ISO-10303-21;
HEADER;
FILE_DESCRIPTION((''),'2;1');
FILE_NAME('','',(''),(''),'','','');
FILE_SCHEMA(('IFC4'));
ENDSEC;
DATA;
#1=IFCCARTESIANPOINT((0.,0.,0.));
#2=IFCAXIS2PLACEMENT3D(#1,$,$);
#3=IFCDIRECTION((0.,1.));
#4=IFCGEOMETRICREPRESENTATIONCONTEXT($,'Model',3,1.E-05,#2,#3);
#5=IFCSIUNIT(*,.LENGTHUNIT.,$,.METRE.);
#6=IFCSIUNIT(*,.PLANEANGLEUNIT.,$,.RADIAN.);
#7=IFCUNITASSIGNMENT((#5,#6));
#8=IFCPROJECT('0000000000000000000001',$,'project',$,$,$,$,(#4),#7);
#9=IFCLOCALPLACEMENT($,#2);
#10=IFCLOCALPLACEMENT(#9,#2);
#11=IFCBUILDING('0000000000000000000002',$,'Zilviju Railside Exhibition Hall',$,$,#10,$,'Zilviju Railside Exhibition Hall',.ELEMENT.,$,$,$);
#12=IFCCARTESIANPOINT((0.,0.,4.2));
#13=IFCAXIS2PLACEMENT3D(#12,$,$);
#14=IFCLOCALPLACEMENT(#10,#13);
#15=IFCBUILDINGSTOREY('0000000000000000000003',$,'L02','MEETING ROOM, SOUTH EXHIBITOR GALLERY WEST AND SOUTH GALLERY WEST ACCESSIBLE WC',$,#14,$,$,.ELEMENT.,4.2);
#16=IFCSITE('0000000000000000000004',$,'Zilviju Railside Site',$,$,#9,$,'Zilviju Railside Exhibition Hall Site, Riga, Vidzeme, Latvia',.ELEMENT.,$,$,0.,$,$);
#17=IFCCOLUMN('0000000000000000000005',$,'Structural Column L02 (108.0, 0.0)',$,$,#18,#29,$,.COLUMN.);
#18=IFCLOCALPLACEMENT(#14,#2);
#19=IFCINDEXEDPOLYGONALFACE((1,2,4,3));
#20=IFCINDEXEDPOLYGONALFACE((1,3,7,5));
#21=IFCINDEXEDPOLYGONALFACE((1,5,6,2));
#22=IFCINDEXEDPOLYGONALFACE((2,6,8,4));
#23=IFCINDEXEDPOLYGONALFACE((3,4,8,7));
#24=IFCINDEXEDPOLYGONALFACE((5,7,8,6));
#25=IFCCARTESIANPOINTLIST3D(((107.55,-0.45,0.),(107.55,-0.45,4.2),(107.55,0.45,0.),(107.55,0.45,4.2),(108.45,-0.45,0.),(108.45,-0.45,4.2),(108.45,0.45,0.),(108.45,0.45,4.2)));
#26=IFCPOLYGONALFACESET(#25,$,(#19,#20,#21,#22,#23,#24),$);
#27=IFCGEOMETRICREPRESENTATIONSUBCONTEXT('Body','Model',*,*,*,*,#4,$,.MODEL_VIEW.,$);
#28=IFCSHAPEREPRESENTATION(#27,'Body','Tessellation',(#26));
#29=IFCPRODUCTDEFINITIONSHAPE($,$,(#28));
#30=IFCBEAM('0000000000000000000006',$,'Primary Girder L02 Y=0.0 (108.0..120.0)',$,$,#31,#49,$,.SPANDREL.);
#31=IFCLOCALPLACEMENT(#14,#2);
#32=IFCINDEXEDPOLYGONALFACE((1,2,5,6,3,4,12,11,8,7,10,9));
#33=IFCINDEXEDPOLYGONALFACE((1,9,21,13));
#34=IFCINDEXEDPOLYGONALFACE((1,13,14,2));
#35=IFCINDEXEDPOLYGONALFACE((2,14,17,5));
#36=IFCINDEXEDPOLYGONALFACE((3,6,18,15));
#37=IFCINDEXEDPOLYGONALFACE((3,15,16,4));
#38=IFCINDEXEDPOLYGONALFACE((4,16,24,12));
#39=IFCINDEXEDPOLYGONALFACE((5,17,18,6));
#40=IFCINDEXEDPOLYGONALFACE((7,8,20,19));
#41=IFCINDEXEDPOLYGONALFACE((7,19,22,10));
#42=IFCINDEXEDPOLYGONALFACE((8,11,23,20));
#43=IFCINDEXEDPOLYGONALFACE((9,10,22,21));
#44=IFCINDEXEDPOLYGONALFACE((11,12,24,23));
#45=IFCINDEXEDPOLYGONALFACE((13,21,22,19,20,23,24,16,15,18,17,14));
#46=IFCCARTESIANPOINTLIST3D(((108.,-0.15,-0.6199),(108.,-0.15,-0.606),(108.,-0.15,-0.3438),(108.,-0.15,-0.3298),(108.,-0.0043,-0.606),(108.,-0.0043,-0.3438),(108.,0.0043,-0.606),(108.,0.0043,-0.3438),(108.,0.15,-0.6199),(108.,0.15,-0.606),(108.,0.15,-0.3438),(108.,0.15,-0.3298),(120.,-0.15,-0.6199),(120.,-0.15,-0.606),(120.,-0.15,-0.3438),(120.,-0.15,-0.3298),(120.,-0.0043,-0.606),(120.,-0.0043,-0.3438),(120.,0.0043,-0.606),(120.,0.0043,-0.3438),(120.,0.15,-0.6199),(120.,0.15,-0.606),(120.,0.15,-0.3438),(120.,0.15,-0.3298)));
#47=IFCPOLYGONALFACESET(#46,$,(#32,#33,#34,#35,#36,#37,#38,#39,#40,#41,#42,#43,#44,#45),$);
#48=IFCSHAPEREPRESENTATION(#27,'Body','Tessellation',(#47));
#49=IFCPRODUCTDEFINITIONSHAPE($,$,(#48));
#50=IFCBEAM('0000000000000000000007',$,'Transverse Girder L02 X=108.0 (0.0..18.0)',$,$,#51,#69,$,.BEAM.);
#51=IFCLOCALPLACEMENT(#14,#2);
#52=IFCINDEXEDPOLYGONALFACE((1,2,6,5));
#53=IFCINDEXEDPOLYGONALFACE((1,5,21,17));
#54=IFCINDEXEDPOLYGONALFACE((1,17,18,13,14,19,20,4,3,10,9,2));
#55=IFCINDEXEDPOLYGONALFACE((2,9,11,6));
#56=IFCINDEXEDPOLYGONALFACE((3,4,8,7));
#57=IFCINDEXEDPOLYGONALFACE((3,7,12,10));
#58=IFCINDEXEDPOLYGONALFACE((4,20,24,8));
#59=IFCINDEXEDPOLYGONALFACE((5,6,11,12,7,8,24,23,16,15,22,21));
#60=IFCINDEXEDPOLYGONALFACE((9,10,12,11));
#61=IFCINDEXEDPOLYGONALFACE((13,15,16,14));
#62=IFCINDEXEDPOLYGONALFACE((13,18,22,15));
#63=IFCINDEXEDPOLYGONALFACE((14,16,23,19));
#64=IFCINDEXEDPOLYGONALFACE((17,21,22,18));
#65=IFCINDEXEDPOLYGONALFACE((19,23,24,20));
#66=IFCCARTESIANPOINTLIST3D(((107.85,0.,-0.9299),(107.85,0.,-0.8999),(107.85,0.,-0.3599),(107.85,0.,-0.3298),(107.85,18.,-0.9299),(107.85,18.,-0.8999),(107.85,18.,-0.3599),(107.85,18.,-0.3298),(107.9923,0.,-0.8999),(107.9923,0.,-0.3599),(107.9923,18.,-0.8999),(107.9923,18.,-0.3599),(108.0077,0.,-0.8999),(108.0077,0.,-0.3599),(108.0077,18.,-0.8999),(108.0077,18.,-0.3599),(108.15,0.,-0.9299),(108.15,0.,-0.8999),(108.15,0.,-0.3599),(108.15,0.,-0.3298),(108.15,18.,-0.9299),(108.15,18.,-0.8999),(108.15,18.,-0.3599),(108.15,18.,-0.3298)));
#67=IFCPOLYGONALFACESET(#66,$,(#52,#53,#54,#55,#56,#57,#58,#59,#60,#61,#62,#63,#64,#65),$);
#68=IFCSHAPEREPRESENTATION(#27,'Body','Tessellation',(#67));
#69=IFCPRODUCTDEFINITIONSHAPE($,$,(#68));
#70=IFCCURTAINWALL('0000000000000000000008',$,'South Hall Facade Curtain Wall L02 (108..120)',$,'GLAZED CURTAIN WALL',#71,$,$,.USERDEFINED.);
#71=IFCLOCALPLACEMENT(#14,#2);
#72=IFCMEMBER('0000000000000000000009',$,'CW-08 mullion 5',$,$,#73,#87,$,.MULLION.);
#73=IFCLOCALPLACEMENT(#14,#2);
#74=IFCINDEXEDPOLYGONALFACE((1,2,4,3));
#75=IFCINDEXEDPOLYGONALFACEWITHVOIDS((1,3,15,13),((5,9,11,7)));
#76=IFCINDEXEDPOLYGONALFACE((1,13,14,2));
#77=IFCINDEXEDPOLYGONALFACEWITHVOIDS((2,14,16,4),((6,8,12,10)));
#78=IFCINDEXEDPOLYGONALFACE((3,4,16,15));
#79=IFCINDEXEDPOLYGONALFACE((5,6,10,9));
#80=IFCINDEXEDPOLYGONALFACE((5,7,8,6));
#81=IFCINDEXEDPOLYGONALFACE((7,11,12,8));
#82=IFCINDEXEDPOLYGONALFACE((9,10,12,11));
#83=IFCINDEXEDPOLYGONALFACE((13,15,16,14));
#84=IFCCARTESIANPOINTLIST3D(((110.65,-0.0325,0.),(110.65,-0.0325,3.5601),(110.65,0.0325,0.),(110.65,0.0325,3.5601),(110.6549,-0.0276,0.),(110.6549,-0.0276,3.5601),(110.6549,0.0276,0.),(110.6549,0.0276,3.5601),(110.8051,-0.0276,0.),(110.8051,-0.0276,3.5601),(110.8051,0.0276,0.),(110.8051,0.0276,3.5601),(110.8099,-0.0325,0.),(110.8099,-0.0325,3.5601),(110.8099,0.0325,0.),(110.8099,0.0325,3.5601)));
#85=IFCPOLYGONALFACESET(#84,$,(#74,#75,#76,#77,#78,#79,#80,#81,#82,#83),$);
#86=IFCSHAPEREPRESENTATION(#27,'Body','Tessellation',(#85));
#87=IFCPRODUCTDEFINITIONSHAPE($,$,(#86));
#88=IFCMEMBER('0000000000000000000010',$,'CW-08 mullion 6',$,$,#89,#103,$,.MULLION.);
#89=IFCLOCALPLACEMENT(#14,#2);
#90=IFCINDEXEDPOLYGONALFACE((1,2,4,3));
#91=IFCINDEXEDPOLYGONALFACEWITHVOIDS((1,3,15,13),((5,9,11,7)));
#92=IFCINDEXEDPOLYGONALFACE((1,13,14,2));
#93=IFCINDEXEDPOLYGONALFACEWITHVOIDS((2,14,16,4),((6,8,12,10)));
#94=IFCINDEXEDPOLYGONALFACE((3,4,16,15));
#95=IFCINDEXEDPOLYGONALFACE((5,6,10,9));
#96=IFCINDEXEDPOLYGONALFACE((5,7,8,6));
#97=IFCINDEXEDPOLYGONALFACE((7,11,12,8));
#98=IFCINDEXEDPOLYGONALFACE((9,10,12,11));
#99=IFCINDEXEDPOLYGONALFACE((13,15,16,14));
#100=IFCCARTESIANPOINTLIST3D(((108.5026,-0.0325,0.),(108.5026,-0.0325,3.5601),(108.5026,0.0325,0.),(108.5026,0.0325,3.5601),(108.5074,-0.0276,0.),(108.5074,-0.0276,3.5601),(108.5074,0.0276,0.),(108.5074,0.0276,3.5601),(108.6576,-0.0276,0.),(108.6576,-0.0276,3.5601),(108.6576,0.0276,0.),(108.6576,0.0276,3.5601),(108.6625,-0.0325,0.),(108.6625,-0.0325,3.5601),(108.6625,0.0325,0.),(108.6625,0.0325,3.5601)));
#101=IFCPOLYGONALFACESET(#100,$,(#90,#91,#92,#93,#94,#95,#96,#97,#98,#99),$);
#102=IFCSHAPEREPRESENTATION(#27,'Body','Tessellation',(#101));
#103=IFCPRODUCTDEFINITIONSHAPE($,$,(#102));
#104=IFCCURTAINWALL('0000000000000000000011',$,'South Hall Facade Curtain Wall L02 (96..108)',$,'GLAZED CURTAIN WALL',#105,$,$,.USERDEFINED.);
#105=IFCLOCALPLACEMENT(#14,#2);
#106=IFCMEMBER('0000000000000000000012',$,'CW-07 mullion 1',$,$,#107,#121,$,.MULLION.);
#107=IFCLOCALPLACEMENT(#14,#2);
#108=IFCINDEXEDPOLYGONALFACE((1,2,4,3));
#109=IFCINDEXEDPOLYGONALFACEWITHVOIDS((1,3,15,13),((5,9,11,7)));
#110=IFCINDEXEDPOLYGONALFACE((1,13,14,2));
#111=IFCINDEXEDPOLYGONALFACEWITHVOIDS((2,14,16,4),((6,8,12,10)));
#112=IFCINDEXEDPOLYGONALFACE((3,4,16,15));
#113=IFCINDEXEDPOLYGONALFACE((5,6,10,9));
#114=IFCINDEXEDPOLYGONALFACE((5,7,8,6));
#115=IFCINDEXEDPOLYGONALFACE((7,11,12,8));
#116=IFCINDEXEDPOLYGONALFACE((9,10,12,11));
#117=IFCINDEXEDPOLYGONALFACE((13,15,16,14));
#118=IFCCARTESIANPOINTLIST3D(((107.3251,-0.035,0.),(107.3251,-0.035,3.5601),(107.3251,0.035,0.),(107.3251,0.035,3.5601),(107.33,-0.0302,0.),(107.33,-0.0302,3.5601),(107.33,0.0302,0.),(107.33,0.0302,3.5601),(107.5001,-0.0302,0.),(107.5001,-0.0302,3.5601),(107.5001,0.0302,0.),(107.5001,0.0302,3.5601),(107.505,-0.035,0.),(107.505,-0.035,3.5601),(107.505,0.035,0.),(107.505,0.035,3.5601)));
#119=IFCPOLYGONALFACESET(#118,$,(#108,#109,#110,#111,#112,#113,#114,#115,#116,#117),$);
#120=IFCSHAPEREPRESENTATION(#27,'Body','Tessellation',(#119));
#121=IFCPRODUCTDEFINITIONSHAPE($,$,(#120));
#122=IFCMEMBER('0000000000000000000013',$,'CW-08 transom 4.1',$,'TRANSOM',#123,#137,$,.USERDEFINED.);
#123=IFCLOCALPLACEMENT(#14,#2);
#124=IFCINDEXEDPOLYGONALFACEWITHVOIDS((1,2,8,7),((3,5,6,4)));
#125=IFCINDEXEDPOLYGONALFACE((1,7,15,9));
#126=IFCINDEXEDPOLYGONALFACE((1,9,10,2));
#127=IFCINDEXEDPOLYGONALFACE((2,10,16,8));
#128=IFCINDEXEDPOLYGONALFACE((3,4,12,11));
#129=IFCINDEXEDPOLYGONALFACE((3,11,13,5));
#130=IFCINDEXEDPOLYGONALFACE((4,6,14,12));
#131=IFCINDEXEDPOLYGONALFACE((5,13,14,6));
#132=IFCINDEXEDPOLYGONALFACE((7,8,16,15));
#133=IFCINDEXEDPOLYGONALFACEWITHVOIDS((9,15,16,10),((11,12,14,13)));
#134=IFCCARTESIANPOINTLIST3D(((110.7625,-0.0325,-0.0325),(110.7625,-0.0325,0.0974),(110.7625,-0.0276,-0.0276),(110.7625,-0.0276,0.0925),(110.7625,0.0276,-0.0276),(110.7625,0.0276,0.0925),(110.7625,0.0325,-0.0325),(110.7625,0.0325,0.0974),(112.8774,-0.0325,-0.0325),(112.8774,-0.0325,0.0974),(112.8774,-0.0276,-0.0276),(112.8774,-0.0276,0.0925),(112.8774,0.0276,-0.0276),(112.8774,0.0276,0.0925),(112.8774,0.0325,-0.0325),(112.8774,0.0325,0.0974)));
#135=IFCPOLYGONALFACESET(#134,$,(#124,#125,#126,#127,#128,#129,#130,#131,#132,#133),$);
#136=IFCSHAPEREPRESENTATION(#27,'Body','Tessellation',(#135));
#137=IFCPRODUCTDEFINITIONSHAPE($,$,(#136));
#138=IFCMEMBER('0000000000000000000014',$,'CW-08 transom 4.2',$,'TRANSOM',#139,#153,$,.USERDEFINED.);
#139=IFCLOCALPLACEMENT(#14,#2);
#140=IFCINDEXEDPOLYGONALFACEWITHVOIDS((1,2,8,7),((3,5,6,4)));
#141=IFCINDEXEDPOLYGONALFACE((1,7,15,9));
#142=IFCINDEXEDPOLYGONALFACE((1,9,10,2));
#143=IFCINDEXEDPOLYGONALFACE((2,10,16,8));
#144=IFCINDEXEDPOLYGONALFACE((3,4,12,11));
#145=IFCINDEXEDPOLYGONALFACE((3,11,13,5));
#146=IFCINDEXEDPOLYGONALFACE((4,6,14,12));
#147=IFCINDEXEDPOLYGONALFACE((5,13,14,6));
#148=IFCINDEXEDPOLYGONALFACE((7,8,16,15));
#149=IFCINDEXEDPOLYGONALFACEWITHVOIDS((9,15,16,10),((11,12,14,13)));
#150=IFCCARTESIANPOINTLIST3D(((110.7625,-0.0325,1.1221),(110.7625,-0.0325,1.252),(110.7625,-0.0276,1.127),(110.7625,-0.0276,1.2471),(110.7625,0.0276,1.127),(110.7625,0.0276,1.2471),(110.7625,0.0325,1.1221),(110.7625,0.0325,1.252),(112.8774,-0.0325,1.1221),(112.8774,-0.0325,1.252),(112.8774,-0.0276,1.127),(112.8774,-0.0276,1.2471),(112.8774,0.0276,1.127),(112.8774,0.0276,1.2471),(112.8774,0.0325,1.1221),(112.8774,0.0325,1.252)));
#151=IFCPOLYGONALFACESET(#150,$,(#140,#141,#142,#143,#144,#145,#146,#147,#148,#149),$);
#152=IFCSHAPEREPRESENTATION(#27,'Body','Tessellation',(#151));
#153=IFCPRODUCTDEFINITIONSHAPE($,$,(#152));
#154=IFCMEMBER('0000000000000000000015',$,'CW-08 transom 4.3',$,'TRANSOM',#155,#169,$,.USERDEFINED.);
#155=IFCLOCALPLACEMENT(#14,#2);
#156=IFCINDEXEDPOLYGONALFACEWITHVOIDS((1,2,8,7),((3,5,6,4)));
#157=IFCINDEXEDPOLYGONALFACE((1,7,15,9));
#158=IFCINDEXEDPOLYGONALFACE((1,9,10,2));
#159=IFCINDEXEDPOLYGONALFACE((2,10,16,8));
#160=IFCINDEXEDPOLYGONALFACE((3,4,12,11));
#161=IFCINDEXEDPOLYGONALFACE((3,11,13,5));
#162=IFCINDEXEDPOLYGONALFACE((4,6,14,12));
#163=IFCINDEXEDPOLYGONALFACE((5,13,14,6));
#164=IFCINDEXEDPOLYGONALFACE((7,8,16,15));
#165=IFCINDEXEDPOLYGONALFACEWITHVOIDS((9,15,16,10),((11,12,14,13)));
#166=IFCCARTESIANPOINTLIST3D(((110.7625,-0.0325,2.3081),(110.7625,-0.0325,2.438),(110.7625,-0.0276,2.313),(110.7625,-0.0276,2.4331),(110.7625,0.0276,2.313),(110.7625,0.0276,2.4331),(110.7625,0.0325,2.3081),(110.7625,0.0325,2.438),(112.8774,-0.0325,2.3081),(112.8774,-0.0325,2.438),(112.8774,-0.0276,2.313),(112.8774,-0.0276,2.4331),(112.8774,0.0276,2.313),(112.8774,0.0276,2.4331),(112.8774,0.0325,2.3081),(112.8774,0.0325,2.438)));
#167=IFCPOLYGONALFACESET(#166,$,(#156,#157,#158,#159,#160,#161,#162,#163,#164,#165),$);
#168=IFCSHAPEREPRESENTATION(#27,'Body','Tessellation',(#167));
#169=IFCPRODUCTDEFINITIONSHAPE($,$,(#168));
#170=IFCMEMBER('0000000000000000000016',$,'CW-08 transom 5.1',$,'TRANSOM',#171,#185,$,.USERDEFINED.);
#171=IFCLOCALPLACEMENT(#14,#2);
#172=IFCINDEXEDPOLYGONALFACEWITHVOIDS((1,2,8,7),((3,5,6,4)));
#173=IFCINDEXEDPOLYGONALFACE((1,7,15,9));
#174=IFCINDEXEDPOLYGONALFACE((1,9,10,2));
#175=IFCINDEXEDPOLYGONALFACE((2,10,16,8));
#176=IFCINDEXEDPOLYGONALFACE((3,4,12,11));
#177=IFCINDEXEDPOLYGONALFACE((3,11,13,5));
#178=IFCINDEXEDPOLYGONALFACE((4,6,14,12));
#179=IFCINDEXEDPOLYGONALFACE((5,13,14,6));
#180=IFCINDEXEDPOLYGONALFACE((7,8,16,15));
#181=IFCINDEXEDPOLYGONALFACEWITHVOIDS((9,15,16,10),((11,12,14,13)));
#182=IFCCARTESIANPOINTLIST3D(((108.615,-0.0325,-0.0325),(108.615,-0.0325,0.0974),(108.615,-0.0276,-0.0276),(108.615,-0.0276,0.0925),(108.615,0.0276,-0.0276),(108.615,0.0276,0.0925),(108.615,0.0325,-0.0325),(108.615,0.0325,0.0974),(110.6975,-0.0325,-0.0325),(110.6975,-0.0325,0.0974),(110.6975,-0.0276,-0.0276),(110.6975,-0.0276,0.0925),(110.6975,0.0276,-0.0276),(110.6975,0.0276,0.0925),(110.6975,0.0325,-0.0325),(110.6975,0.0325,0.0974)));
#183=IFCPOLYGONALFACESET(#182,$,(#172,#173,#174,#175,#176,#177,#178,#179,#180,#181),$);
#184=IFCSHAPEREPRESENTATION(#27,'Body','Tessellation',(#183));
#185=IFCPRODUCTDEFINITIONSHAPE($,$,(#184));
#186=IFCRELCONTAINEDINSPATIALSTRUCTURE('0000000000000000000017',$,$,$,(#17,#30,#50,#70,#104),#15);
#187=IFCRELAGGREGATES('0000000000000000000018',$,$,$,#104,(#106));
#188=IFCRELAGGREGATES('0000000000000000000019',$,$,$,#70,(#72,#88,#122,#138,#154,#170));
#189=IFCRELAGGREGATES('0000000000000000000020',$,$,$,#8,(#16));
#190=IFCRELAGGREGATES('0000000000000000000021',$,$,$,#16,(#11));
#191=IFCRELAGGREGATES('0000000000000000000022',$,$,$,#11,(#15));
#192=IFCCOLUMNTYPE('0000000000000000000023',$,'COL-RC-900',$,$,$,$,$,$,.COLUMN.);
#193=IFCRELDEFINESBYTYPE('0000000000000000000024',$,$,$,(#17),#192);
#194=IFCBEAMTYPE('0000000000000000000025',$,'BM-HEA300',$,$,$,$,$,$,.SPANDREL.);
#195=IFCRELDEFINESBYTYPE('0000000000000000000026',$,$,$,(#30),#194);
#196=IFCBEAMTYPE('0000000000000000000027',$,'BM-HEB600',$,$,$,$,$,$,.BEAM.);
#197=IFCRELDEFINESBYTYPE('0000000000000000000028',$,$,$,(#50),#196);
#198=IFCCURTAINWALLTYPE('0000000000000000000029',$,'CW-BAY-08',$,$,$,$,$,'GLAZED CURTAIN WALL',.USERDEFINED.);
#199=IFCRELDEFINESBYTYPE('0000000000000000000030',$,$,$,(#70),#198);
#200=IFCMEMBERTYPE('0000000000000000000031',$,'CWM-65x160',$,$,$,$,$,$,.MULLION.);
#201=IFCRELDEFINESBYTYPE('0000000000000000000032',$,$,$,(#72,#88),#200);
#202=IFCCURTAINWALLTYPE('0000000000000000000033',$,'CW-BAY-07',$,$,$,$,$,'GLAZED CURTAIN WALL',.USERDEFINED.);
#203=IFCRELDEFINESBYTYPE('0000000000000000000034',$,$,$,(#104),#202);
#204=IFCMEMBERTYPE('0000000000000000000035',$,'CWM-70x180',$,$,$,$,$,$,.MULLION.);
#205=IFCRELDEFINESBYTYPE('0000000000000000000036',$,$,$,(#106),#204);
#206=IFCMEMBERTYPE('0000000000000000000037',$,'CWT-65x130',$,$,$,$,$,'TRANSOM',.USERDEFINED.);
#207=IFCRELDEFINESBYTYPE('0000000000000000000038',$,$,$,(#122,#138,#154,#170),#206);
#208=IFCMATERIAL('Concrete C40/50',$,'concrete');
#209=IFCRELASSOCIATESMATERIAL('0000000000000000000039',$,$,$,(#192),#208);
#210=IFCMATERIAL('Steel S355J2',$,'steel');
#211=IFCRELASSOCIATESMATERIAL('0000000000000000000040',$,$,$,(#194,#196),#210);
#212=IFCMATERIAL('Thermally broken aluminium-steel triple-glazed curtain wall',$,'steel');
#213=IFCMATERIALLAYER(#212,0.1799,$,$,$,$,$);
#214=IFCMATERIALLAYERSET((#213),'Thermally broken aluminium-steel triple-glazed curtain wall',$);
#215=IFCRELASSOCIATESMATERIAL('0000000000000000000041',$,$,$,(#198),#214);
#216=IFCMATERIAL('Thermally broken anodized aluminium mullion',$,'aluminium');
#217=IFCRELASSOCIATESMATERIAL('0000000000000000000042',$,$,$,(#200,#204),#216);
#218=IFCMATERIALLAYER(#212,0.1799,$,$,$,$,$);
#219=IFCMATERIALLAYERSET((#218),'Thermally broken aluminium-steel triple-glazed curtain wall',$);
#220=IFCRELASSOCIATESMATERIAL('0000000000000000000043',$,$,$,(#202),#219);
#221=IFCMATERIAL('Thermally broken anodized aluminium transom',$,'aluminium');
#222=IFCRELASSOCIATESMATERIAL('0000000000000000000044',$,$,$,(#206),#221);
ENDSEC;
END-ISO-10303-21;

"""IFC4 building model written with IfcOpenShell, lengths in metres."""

from ifc_helpers import new_model, si_unit, direction, frame, origin, origin_2d, place, context, subcontext, project, spatial, rectangle, hollow_rectangle, i_section, extrude, material, layer, layer_set, material_profile, profile_set, type_object, element, aggregate, save


model = new_model("IFC4")

# Units and contexts
model_context = context("Model", 3, precision=1e-05, world=origin(), true_north=direction((0.0, 1.0)))
body_context = subcontext(model_context, "Body", "Model", "MODEL_VIEW")
ifc_project = project(units=[si_unit("LENGTHUNIT", "METRE"), si_unit("PLANEANGLEUNIT", "RADIAN")], contexts=[model_context])

# Site, building, storey
site_placement = place(None, origin())
site = spatial("IfcSite", under=ifc_project, at=site_placement, Name="Zilviju Railside Site", LongName="Zilviju Railside Exhibition Hall Site, Riga, Vidzeme, Latvia", CompositionType="ELEMENT", RefElevation=0.0)
building_placement = place(site_placement, origin())
building = spatial("IfcBuilding", under=site, at=building_placement, Name="Zilviju Railside Exhibition Hall", LongName="Zilviju Railside Exhibition Hall", CompositionType="ELEMENT")
storey_placement = place(building_placement, frame((0.0, 0.0, 4.2)))
storey = spatial("IfcBuildingStorey", under=building, at=storey_placement, Name="L02", Description="MEETING ROOM, SOUTH EXHIBITOR GALLERY WEST AND SOUTH GALLERY WEST ACCESSIBLE WC", CompositionType="ELEMENT", Elevation=4.2)

# Column
ifc_material_1 = material(Name="Concrete C40/50", Category="concrete")
ifc_material_profile_1 = material_profile(ifc_material_1, rectangle(XDim=0.8999, YDim=0.8999, at=origin_2d()), Name="RC COL 900x900")
ifc_profile_set_1 = profile_set([ifc_material_profile_1], Name="Concrete C40/50")
column_type = type_object("IfcColumnType", Name="COL-RC-900", PredefinedType="COLUMN", material=ifc_profile_set_1)
column_placement = place(storey_placement, frame((108.0, 0.0, 0.0), z_axis=(0.0, 0.0, 1.0), x_axis=(1.0, 0.0, 0.0)))
element("IfcColumn", 1, at=column_placement, inside=storey, type_object=column_type, Name="Structural Column L02 (108.0, 0.0)", PredefinedType="COLUMN", context=body_context, shape_type="SweptSolid", body=[
    extrude(rectangle(XDim=0.8999, YDim=0.8999, at=origin_2d()), origin(), (0.0, 0.0, 1.0), 4.2),
])

# Beams
ifc_material_2 = material(Name="Steel S355J2", Category="steel")
ifc_material_profile_2 = material_profile(ifc_material_2, i_section(OverallWidth=0.3, OverallDepth=0.29, WebThickness=0.0085, FlangeThickness=0.0139, at=origin_2d()), Name="HEA 300")
ifc_profile_set_2 = profile_set([ifc_material_profile_2], Name="Steel S355J2")
beam_type_1 = type_object("IfcBeamType", Name="BM-HEA300", PredefinedType="SPANDREL", material=ifc_profile_set_2)
beam_1_placement = place(storey_placement, frame((108.0, 0.0, -0.4749), z_axis=(1.0, 0.0, 0.0), x_axis=(0.0, 1.0, 0.0)))
element("IfcBeam", 2, at=beam_1_placement, inside=storey, type_object=beam_type_1, Name="Primary Girder L02 Y=0.0 (108.0..120.0)", PredefinedType="SPANDREL", context=body_context, shape_type="SweptSolid", body=[
    extrude(i_section(OverallWidth=0.3, OverallDepth=0.29, WebThickness=0.0085, FlangeThickness=0.0139, at=origin_2d()), origin(), (0.0, 0.0, 1.0), 12.0),
])
ifc_material_profile_3 = material_profile(ifc_material_2, i_section(OverallWidth=0.3, OverallDepth=0.6001, WebThickness=0.0154, FlangeThickness=0.03, at=origin_2d()), Name="HEB 600")
ifc_profile_set_3 = profile_set([ifc_material_profile_3], Name="Steel S355J2")
beam_type_2 = type_object("IfcBeamType", Name="BM-HEB600", PredefinedType="BEAM", material=ifc_profile_set_3)
beam_2_placement = place(storey_placement, frame((108.0, 0.0, -0.6299), z_axis=(0.0, 1.0, 0.0), x_axis=(-1.0, 0.0, 0.0)))
element("IfcBeam", 3, at=beam_2_placement, inside=storey, type_object=beam_type_2, Name="Transverse Girder L02 X=108.0 (0.0..18.0)", PredefinedType="BEAM", context=body_context, shape_type="SweptSolid", body=[
    extrude(i_section(OverallWidth=0.3, OverallDepth=0.6001, WebThickness=0.0154, FlangeThickness=0.03, at=origin_2d()), origin(), (0.0, 0.0, 1.0), 18.0),
])

# Curtain wall, members
ifc_material_3 = material(Name="Thermally broken aluminium-steel triple-glazed curtain wall", Category="steel")
ifc_layer_1 = layer(ifc_material_3, 0.1799)
ifc_layer_set_1 = layer_set([ifc_layer_1], Name="Thermally broken aluminium-steel triple-glazed curtain wall")
curtain_wall_type_1 = type_object("IfcCurtainWallType", Name="CW-BAY-08", ElementType="GLAZED CURTAIN WALL", PredefinedType="USERDEFINED", material=ifc_layer_set_1)
curtain_wall_1_placement = place(storey_placement, origin())
curtain_wall_1 = element("IfcCurtainWall", 4, at=curtain_wall_1_placement, inside=storey, type_object=curtain_wall_type_1, Name="South Hall Facade Curtain Wall L02 (108..120)", ObjectType="GLAZED CURTAIN WALL", PredefinedType="USERDEFINED")
ifc_material_4 = material(Name="Thermally broken anodized aluminium mullion", Category="aluminium")
ifc_material_profile_4 = material_profile(ifc_material_4, hollow_rectangle(XDim=0.0649, YDim=0.1599, WallThickness=0.0049, at=origin_2d()), Name="MULLION 160x65x5")
ifc_profile_set_4 = profile_set([ifc_material_profile_4], Name="Thermally broken anodized aluminium mullion")
member_type_1 = type_object("IfcMemberType", Name="CWM-65x160", PredefinedType="MULLION", material=ifc_profile_set_4)
member_1_placement = place(storey_placement, frame((110.73, 0.0, 0.0), z_axis=(0.0, 0.0, 1.0), x_axis=(0.0, -1.0, 0.0)))
member_1 = element("IfcMember", 5, at=member_1_placement, type_object=member_type_1, Name="CW-08 mullion 5", PredefinedType="MULLION", context=body_context, shape_type="SweptSolid", body=[
    extrude(hollow_rectangle(XDim=0.0649, YDim=0.1599, WallThickness=0.0049, at=origin_2d()), origin(), (0.0, 0.0, 1.0), 3.5601),
])
member_2_placement = place(storey_placement, frame((108.5825, 0.0, 0.0), z_axis=(0.0, 0.0, 1.0), x_axis=(0.0, -1.0, 0.0)))
member_2 = element("IfcMember", 6, at=member_2_placement, type_object=member_type_1, Name="CW-08 mullion 6", PredefinedType="MULLION", context=body_context, shape_type="SweptSolid", body=[
    extrude(hollow_rectangle(XDim=0.0649, YDim=0.1599, WallThickness=0.0049, at=origin_2d()), origin(), (0.0, 0.0, 1.0), 3.5601),
])

# Curtain wall, member
ifc_layer_2 = layer(ifc_material_3, 0.1799)
ifc_layer_set_2 = layer_set([ifc_layer_2], Name="Thermally broken aluminium-steel triple-glazed curtain wall")
curtain_wall_type_2 = type_object("IfcCurtainWallType", Name="CW-BAY-07", ElementType="GLAZED CURTAIN WALL", PredefinedType="USERDEFINED", material=ifc_layer_set_2)
curtain_wall_2_placement = place(storey_placement, origin())
curtain_wall_2 = element("IfcCurtainWall", 7, at=curtain_wall_2_placement, inside=storey, type_object=curtain_wall_type_2, Name="South Hall Facade Curtain Wall L02 (96..108)", ObjectType="GLAZED CURTAIN WALL", PredefinedType="USERDEFINED")
ifc_material_profile_5 = material_profile(ifc_material_4, hollow_rectangle(XDim=0.0701, YDim=0.1799, WallThickness=0.0049, at=origin_2d()), Name="MULLION 180x70x5")
ifc_profile_set_5 = profile_set([ifc_material_profile_5], Name="Thermally broken anodized aluminium mullion")
member_type_2 = type_object("IfcMemberType", Name="CWM-70x180", PredefinedType="MULLION", material=ifc_profile_set_5)
member_3_placement = place(storey_placement, frame((107.415, 0.0, 0.0), z_axis=(0.0, 0.0, 1.0), x_axis=(0.0, -1.0, 0.0)))
member_3 = element("IfcMember", 8, at=member_3_placement, type_object=member_type_2, Name="CW-07 mullion 1", PredefinedType="MULLION", context=body_context, shape_type="SweptSolid", body=[
    extrude(hollow_rectangle(XDim=0.0701, YDim=0.1799, WallThickness=0.0049, at=origin_2d()), origin(), (0.0, 0.0, 1.0), 3.5601),
])

# Members
ifc_material_5 = material(Name="Thermally broken anodized aluminium transom", Category="aluminium")
ifc_material_profile_6 = material_profile(ifc_material_5, hollow_rectangle(XDim=0.0649, YDim=0.1299, WallThickness=0.0049, at=origin_2d()), Name="TRANSOM 130x65x5")
ifc_profile_set_6 = profile_set([ifc_material_profile_6], Name="Thermally broken anodized aluminium transom")
member_type_3 = type_object("IfcMemberType", Name="CWT-65x130", ElementType="TRANSOM", PredefinedType="USERDEFINED", material=ifc_profile_set_6)
member_4_placement = place(storey_placement, frame((112.8774, 0.0, 0.0325), z_axis=(-1.0, 0.0, 0.0), x_axis=(0.0, -1.0, 0.0)))
member_4 = element("IfcMember", 9, at=member_4_placement, type_object=member_type_3, Name="CW-08 transom 4.1", ObjectType="TRANSOM", PredefinedType="USERDEFINED", context=body_context, shape_type="SweptSolid", body=[
    extrude(hollow_rectangle(XDim=0.0649, YDim=0.1299, WallThickness=0.0049, at=origin_2d()), origin(), (0.0, 0.0, 1.0), 2.115),
])
member_5_placement = place(storey_placement, frame((112.8774, 0.0, 1.187), z_axis=(-1.0, 0.0, 0.0), x_axis=(0.0, -1.0, 0.0)))
member_5 = element("IfcMember", 10, at=member_5_placement, type_object=member_type_3, Name="CW-08 transom 4.2", ObjectType="TRANSOM", PredefinedType="USERDEFINED", context=body_context, shape_type="SweptSolid", body=[
    extrude(hollow_rectangle(XDim=0.0649, YDim=0.1299, WallThickness=0.0049, at=origin_2d()), origin(), (0.0, 0.0, 1.0), 2.115),
])
member_6_placement = place(storey_placement, frame((112.8774, 0.0, 2.373), z_axis=(-1.0, 0.0, 0.0), x_axis=(0.0, -1.0, 0.0)))
member_6 = element("IfcMember", 11, at=member_6_placement, type_object=member_type_3, Name="CW-08 transom 4.3", ObjectType="TRANSOM", PredefinedType="USERDEFINED", context=body_context, shape_type="SweptSolid", body=[
    extrude(hollow_rectangle(XDim=0.0649, YDim=0.1299, WallThickness=0.0049, at=origin_2d()), origin(), (0.0, 0.0, 1.0), 2.115),
])
member_7_placement = place(storey_placement, frame((110.6975, 0.0, 0.0325), z_axis=(-1.0, 0.0, 0.0), x_axis=(0.0, -1.0, 0.0)))
member_7 = element("IfcMember", 12, at=member_7_placement, type_object=member_type_3, Name="CW-08 transom 5.1", ObjectType="TRANSOM", PredefinedType="USERDEFINED", context=body_context, shape_type="SweptSolid", body=[
    extrude(hollow_rectangle(XDim=0.0649, YDim=0.1299, WallThickness=0.0049, at=origin_2d()), origin(), (0.0, 0.0, 1.0), 2.0825),
])
aggregate(curtain_wall_2, [member_3])

aggregate(curtain_wall_1, [member_1, member_2, member_4, member_5, member_6, member_7])

save(model, "model.ifc")
